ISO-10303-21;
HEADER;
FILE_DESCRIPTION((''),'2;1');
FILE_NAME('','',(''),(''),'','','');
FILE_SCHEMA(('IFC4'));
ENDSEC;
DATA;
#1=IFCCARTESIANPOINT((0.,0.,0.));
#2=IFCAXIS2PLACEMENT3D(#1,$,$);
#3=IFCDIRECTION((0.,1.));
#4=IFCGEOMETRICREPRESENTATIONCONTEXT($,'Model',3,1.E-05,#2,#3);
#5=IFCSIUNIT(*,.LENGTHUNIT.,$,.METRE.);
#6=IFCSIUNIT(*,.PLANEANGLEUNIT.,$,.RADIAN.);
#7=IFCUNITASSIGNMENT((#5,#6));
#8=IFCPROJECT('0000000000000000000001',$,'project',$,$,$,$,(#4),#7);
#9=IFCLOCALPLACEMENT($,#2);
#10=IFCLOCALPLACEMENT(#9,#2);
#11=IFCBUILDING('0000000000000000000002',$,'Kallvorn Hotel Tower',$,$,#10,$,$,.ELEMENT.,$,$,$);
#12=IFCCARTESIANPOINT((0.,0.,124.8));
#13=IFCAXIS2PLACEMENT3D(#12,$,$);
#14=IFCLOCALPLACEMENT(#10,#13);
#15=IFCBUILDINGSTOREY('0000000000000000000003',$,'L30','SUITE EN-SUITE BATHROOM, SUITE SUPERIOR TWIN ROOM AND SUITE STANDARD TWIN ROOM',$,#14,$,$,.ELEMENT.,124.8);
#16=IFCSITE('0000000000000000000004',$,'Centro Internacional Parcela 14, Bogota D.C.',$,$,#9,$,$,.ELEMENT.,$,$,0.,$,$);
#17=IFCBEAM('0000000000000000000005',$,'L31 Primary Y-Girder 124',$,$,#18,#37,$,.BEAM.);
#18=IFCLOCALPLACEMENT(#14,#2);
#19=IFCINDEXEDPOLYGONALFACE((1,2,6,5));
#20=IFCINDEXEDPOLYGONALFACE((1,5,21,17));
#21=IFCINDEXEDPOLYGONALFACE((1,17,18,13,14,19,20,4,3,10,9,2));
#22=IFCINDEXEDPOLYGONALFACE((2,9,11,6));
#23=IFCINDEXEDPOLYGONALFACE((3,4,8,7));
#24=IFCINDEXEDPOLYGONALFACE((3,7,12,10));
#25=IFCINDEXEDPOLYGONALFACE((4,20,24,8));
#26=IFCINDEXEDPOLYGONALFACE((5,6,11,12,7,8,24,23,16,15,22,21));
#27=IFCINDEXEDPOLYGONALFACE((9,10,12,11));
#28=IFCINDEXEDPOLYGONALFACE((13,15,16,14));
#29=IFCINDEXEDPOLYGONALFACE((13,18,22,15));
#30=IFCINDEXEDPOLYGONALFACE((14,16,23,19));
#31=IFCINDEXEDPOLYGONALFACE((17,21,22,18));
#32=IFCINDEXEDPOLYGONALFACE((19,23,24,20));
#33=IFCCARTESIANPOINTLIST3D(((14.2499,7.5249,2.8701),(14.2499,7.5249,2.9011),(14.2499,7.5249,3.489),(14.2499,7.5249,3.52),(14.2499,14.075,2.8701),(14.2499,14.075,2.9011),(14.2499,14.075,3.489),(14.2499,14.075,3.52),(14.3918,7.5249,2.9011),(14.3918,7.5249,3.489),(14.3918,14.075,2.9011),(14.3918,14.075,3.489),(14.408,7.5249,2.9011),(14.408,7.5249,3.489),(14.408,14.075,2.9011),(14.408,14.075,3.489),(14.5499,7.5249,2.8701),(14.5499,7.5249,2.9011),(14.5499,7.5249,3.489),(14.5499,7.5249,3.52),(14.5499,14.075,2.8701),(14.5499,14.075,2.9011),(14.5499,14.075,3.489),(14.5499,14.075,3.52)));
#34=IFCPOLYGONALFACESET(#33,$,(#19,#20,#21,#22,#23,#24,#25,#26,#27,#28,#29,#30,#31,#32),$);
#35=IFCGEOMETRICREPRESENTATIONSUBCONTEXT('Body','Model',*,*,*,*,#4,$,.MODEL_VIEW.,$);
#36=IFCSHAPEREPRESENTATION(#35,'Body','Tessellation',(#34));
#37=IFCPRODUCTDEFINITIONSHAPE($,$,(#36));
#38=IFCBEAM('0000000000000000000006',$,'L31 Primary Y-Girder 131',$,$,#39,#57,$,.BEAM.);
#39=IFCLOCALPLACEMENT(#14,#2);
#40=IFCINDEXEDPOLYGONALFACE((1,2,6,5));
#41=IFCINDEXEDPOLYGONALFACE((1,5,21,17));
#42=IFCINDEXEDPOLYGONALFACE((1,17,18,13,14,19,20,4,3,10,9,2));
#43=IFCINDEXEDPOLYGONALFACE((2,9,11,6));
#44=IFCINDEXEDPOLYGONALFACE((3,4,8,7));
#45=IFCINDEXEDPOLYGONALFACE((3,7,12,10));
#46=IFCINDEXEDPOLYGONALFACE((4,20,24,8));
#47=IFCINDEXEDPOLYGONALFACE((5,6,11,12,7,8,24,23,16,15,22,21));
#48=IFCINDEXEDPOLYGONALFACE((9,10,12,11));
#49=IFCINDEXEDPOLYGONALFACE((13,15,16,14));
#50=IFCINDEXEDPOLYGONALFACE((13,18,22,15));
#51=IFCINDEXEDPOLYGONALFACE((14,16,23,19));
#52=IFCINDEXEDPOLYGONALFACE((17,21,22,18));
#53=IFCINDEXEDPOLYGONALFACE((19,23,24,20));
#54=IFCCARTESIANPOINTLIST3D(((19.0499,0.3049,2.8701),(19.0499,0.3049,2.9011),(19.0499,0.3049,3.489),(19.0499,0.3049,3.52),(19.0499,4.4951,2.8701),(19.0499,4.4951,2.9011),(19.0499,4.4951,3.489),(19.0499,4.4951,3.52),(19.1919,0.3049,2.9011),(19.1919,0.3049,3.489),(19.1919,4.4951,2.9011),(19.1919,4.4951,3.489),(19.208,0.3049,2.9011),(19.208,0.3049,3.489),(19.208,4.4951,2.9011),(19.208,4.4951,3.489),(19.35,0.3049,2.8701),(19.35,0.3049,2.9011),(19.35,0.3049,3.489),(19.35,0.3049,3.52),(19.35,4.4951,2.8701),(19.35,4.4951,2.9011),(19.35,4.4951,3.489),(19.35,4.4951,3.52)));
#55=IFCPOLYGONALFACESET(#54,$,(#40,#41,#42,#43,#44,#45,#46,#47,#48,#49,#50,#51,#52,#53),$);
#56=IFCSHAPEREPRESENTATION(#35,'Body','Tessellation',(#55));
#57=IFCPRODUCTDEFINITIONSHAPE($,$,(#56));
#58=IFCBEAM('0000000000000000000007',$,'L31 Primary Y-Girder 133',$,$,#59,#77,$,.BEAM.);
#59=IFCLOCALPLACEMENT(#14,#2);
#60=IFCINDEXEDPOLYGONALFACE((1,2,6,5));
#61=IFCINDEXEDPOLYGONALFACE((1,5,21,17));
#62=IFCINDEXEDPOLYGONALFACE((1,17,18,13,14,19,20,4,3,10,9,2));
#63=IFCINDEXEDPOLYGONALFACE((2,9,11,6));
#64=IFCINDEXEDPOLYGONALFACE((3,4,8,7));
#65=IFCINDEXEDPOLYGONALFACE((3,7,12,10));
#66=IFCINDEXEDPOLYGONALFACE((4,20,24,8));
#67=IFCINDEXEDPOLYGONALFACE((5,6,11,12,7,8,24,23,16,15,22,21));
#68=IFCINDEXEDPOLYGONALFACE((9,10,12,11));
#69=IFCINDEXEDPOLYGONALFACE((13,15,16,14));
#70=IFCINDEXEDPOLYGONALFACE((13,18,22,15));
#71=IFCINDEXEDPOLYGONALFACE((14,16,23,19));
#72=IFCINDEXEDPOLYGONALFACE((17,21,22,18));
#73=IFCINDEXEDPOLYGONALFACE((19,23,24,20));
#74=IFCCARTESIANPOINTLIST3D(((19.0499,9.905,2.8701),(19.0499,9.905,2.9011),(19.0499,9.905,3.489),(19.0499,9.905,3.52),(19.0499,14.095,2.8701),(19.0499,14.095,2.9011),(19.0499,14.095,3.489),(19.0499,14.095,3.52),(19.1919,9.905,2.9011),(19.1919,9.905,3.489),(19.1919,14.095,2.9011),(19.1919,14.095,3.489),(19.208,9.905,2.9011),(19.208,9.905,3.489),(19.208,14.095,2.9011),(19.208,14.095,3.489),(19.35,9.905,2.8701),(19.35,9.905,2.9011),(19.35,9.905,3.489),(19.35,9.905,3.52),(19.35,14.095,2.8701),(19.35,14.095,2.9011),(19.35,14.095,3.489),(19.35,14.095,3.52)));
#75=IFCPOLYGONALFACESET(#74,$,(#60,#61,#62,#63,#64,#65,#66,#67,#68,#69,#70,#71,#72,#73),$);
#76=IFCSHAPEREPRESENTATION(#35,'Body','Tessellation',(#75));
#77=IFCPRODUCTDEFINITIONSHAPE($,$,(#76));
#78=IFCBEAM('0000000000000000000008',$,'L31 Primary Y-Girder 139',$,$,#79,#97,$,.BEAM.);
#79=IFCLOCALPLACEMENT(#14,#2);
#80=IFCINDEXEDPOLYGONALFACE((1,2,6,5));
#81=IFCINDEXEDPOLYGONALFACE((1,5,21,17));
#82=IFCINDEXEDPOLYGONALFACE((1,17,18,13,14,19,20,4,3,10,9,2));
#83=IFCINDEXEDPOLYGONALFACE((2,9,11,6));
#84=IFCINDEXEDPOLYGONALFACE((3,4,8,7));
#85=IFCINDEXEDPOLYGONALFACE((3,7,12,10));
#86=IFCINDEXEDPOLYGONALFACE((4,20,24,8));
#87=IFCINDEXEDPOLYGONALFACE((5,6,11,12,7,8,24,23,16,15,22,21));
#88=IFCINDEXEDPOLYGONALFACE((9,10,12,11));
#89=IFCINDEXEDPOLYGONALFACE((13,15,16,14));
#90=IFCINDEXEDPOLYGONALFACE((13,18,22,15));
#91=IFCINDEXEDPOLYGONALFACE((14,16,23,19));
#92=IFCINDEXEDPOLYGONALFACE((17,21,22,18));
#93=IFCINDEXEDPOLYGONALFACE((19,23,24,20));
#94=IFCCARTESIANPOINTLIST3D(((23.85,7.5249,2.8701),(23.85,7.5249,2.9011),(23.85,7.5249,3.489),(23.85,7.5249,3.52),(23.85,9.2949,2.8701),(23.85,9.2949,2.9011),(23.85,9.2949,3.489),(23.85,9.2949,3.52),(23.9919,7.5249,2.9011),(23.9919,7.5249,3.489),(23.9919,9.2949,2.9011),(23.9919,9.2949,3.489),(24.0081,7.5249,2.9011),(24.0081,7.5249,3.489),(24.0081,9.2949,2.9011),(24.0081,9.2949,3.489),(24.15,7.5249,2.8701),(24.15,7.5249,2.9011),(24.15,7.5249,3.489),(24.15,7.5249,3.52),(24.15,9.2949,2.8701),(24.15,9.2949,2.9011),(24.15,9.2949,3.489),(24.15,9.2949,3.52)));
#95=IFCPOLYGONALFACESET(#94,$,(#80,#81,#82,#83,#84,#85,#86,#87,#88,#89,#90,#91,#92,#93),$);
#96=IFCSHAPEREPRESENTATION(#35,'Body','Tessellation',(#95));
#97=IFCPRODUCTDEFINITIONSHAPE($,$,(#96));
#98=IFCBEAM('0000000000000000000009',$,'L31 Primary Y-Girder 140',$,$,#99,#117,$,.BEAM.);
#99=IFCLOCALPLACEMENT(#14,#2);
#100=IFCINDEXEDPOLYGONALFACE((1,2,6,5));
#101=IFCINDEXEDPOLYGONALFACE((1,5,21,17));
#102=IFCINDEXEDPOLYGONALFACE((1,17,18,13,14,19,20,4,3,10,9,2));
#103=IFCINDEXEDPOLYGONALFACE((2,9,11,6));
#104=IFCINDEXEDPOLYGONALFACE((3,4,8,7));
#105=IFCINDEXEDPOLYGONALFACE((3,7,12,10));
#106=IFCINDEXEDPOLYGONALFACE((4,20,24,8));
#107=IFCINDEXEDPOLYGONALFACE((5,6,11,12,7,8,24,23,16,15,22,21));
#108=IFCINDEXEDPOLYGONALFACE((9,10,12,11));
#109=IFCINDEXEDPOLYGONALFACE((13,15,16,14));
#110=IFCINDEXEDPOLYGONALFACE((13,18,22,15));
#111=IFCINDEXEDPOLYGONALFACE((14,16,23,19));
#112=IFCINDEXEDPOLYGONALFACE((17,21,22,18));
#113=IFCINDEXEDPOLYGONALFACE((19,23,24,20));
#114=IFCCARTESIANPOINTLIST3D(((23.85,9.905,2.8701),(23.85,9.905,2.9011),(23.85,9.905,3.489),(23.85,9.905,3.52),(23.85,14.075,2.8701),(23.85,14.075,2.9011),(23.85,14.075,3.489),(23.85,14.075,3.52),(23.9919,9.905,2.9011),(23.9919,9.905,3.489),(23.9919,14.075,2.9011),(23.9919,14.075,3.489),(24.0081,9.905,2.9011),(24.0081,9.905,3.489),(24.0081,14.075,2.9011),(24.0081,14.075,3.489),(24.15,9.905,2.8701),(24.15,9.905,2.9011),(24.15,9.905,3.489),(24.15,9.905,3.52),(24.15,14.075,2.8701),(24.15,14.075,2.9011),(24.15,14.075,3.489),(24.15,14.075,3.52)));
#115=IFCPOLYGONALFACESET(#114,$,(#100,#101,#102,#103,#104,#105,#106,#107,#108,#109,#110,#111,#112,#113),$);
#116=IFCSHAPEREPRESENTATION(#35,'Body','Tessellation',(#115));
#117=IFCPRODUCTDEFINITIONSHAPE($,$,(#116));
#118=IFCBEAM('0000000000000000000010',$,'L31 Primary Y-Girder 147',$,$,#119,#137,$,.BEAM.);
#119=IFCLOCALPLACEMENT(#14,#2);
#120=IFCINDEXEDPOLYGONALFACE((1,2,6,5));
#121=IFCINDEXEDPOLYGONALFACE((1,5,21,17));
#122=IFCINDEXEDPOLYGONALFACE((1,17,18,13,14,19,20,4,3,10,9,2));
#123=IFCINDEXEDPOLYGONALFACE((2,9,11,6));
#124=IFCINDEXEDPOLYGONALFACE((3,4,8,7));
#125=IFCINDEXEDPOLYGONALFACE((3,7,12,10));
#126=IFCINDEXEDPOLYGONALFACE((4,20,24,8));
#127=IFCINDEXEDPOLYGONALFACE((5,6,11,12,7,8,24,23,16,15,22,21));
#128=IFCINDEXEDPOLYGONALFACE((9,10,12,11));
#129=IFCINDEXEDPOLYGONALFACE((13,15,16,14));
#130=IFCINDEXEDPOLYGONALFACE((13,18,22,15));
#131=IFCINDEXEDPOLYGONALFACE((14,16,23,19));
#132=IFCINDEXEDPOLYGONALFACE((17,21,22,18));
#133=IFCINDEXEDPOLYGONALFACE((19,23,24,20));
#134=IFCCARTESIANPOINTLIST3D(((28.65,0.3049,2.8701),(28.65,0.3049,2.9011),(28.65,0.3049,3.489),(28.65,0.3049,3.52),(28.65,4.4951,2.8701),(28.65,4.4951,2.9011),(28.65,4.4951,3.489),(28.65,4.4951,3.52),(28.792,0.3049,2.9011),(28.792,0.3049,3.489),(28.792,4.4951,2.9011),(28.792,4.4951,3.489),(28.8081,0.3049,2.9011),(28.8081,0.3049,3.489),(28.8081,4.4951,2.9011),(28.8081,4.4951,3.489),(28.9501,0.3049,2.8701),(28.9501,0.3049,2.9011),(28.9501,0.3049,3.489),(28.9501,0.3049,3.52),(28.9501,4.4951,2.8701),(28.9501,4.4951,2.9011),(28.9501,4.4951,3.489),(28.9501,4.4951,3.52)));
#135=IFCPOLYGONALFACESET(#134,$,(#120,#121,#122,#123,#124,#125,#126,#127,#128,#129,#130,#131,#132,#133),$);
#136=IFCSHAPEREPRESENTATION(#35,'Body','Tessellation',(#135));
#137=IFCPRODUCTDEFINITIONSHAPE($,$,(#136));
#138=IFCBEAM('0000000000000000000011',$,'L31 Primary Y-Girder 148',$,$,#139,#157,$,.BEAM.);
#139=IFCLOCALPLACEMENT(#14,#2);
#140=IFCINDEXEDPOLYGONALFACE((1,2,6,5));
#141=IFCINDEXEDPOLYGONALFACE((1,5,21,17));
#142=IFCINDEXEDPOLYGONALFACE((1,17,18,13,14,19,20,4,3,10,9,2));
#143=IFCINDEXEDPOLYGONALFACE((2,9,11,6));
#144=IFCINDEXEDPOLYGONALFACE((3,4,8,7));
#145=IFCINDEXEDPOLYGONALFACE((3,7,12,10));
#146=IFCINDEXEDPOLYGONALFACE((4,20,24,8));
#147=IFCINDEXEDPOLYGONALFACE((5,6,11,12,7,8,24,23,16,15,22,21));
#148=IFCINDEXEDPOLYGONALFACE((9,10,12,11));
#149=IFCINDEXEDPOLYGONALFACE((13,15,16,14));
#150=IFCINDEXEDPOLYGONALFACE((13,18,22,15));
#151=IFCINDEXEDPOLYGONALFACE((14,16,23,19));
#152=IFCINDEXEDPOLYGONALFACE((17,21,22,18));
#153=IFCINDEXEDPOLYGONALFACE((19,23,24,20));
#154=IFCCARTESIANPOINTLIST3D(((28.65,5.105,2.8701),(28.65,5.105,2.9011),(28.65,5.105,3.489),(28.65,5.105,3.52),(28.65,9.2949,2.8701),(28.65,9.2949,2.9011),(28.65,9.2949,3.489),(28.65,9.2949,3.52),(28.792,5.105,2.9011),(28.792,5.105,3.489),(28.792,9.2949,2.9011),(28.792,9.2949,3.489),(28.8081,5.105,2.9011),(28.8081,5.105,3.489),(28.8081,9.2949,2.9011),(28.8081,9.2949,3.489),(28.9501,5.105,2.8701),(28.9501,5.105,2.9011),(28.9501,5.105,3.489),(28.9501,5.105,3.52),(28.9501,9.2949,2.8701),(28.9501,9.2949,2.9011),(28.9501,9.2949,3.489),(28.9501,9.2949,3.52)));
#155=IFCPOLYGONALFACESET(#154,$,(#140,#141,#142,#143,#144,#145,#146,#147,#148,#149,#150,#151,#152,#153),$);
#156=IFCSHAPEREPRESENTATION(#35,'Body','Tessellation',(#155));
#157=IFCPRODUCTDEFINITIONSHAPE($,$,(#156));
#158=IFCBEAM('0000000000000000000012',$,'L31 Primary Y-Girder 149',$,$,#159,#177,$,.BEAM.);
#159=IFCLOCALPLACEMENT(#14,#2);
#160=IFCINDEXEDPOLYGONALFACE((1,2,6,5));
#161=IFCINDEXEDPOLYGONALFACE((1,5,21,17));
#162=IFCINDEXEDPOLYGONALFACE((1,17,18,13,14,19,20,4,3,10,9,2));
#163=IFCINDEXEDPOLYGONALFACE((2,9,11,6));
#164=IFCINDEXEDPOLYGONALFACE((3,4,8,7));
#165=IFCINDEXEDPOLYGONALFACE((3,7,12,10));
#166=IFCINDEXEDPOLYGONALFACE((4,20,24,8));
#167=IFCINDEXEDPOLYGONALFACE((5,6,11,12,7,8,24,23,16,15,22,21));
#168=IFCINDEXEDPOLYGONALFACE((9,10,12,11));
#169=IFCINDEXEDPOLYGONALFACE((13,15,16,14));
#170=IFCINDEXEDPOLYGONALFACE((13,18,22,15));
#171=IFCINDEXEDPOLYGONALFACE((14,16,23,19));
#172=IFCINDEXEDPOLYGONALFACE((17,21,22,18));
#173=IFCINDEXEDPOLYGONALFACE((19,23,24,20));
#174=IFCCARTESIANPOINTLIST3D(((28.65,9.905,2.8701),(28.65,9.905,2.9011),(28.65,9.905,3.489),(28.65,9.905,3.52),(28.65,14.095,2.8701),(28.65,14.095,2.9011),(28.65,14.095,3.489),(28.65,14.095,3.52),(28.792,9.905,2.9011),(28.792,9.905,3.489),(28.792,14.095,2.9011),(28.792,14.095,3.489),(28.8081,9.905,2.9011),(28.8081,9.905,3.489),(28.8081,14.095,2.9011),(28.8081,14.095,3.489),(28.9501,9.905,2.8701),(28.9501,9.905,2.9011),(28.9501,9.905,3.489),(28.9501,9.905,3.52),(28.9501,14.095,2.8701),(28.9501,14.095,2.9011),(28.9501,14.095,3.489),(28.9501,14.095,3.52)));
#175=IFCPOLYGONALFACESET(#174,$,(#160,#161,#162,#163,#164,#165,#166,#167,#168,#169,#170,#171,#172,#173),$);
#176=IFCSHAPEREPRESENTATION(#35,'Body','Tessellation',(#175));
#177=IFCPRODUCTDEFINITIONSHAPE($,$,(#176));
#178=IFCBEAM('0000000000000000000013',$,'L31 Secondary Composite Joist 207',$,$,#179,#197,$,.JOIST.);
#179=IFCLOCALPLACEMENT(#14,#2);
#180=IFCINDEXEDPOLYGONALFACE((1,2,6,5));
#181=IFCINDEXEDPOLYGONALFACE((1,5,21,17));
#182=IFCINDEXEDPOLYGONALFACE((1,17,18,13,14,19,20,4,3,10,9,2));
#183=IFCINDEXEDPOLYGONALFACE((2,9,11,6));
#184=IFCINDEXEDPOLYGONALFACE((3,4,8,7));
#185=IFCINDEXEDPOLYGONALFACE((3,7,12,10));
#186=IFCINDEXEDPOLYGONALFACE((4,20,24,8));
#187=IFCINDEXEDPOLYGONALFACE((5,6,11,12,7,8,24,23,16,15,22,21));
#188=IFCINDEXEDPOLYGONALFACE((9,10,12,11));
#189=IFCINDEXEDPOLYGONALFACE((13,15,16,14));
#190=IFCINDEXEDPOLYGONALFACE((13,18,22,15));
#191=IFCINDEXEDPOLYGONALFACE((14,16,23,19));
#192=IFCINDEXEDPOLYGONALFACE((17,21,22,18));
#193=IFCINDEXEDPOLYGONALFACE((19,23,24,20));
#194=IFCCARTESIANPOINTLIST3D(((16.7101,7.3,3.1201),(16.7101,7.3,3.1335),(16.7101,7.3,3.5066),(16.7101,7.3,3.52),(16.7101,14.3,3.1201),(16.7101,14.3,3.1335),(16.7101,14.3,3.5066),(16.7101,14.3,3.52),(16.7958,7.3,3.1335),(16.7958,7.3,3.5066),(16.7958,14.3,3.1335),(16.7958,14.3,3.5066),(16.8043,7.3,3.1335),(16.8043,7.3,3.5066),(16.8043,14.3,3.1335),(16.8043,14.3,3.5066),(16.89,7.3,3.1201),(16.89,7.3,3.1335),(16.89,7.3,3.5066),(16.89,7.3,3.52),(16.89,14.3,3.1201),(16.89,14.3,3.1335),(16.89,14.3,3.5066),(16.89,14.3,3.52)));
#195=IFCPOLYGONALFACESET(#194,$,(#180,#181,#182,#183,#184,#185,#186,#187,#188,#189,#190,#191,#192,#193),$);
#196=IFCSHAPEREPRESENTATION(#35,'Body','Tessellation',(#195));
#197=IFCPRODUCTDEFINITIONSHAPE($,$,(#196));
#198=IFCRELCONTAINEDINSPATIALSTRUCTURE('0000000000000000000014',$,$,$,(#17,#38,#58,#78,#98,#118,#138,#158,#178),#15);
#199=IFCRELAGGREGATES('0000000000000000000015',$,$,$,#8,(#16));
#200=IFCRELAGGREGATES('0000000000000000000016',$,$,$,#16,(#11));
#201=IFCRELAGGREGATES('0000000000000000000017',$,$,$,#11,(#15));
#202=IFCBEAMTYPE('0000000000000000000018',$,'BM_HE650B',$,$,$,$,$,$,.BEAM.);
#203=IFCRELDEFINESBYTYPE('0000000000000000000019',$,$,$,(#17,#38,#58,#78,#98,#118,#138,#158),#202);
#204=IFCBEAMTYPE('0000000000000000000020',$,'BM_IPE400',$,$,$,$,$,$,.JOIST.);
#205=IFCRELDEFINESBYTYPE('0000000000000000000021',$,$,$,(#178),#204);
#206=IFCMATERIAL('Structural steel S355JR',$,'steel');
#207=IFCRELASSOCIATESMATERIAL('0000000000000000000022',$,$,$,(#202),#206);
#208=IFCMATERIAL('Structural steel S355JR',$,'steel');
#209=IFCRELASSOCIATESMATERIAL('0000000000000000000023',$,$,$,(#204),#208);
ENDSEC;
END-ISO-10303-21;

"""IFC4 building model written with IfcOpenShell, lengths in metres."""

from ifc_helpers import new_model, si_unit, direction, frame, origin, origin_2d, place, context, subcontext, project, spatial, i_section, extrude, material, material_profile, profile_set, type_object, element, save


model = new_model("IFC4")

# Units and contexts
model_context = context("Model", 3, precision=1e-05, world=origin(), true_north=direction((0.0, 1.0)))
body_context = subcontext(model_context, "Body", "Model", "MODEL_VIEW")
ifc_project = project(units=[si_unit("LENGTHUNIT", "METRE"), si_unit("PLANEANGLEUNIT", "RADIAN")], contexts=[model_context])

# Site, building, storey
site_placement = place(None, origin())
site = spatial("IfcSite", under=ifc_project, at=site_placement, Name="Centro Internacional Parcela 14, Bogota D.C.", CompositionType="ELEMENT", RefElevation=0.0)
building_placement = place(site_placement, origin())
building = spatial("IfcBuilding", under=site, at=building_placement, Name="Kallvorn Hotel Tower", CompositionType="ELEMENT")
storey_placement = place(building_placement, frame((0.0, 0.0, 124.8)))
storey = spatial("IfcBuildingStorey", under=building, at=storey_placement, Name="L30", Description="SUITE EN-SUITE BATHROOM, SUITE SUPERIOR TWIN ROOM AND SUITE STANDARD TWIN ROOM", CompositionType="ELEMENT", Elevation=124.8)

# Beams
ifc_material_1 = material(Name="Structural steel S355JR", Category="steel")
ifc_material_profile_1 = material_profile(ifc_material_1, i_section(OverallWidth=0.3, OverallDepth=0.6499, WebThickness=0.0161, FlangeThickness=0.031, at=origin_2d()), Name="HE 650 B")
ifc_profile_set_1 = profile_set([ifc_material_profile_1], Name="Structural steel S355JR")
beam_type_1 = type_object("IfcBeamType", Name="BM_HE650B", PredefinedType="BEAM", material=ifc_profile_set_1)
beam_1_placement = place(storey_placement, frame((14.3999, 7.5249, 3.1951), z_axis=(0.0, 1.0, 0.0), x_axis=(-1.0, 0.0, 0.0)))
element("IfcBeam", 1, at=beam_1_placement, inside=storey, type_object=beam_type_1, Name="L31 Primary Y-Girder 124", PredefinedType="BEAM", context=body_context, shape_type="SweptSolid", body=[
    extrude(i_section(OverallWidth=0.3, OverallDepth=0.6499, WebThickness=0.0161, FlangeThickness=0.031, at=origin_2d()), origin(), (0.0, 0.0, 1.0), 6.55),
])
beam_2_placement = place(storey_placement, frame((19.2, 0.3049, 3.1951), z_axis=(0.0, 1.0, 0.0), x_axis=(-1.0, 0.0, 0.0)))
element("IfcBeam", 2, at=beam_2_placement, inside=storey, type_object=beam_type_1, Name="L31 Primary Y-Girder 131", PredefinedType="BEAM", context=body_context, shape_type="SweptSolid", body=[
    extrude(i_section(OverallWidth=0.3, OverallDepth=0.6499, WebThickness=0.0161, FlangeThickness=0.031, at=origin_2d()), origin(), (0.0, 0.0, 1.0), 4.1902),
])
beam_3_placement = place(storey_placement, frame((19.2, 9.905, 3.1951), z_axis=(0.0, 1.0, 0.0), x_axis=(-1.0, 0.0, 0.0)))
element("IfcBeam", 3, at=beam_3_placement, inside=storey, type_object=beam_type_1, Name="L31 Primary Y-Girder 133", PredefinedType="BEAM", context=body_context, shape_type="SweptSolid", body=[
    extrude(i_section(OverallWidth=0.3, OverallDepth=0.6499, WebThickness=0.0161, FlangeThickness=0.031, at=origin_2d()), origin(), (0.0, 0.0, 1.0), 4.1899),
])
beam_4_placement = place(storey_placement, frame((24.0, 7.5249, 3.1951), z_axis=(0.0, 1.0, 0.0), x_axis=(-1.0, 0.0, 0.0)))
element("IfcBeam", 4, at=beam_4_placement, inside=storey, type_object=beam_type_1, Name="L31 Primary Y-Girder 139", PredefinedType="BEAM", context=body_context, shape_type="SweptSolid", body=[
    extrude(i_section(OverallWidth=0.3, OverallDepth=0.6499, WebThickness=0.0161, FlangeThickness=0.031, at=origin_2d()), origin(), (0.0, 0.0, 1.0), 1.77),
])
beam_5_placement = place(storey_placement, frame((24.0, 9.905, 3.1951), z_axis=(0.0, 1.0, 0.0), x_axis=(-1.0, 0.0, 0.0)))
element("IfcBeam", 5, at=beam_5_placement, inside=storey, type_object=beam_type_1, Name="L31 Primary Y-Girder 140", PredefinedType="BEAM", context=body_context, shape_type="SweptSolid", body=[
    extrude(i_section(OverallWidth=0.3, OverallDepth=0.6499, WebThickness=0.0161, FlangeThickness=0.031, at=origin_2d()), origin(), (0.0, 0.0, 1.0), 4.1699),
])
beam_6_placement = place(storey_placement, frame((28.8, 0.3049, 3.1951), z_axis=(0.0, 1.0, 0.0), x_axis=(-1.0, 0.0, 0.0)))
element("IfcBeam", 6, at=beam_6_placement, inside=storey, type_object=beam_type_1, Name="L31 Primary Y-Girder 147", PredefinedType="BEAM", context=body_context, shape_type="SweptSolid", body=[
    extrude(i_section(OverallWidth=0.3, OverallDepth=0.6499, WebThickness=0.0161, FlangeThickness=0.031, at=origin_2d()), origin(), (0.0, 0.0, 1.0), 4.1902),
])
for number, where, z_axis, x_axis, name in (
    (7, (28.8, 5.105, 3.1951), (0.0, 1.0, 0.0), (-1.0, 0.0, 0.0), "L31 Primary Y-Girder 148"),
    (8, (28.8, 9.905, 3.1951), (0.0, 1.0, 0.0), (-1.0, 0.0, 0.0), "L31 Primary Y-Girder 149"),
):
    element("IfcBeam", number, at=place(storey_placement, frame(where, z_axis=z_axis, x_axis=x_axis)), inside=storey, type_object=beam_type_1, Name=name, PredefinedType="BEAM", context=body_context, shape_type="SweptSolid", body=[
        extrude(i_section(OverallWidth=0.3, OverallDepth=0.6499, WebThickness=0.0161, FlangeThickness=0.031, at=origin_2d()), origin(), (0.0, 0.0, 1.0), 4.1899),
    ])
ifc_material_2 = material(Name="Structural steel S355JR", Category="steel")
ifc_material_profile_2 = material_profile(ifc_material_2, i_section(OverallWidth=0.1799, OverallDepth=0.3999, WebThickness=0.0085, FlangeThickness=0.0134, at=origin_2d()), Name="IPE 400")
ifc_profile_set_2 = profile_set([ifc_material_profile_2], Name="Structural steel S355JR")
beam_type_2 = type_object("IfcBeamType", Name="BM_IPE400", PredefinedType="JOIST", material=ifc_profile_set_2)
for number, where, z_axis, x_axis, name in (
    (9, (16.8, 7.3, 3.3201), (0.0, 1.0, 0.0), (-1.0, 0.0, 0.0), "L31 Secondary Composite Joist 207"),
):
    element("IfcBeam", number, at=place(storey_placement, frame(where, z_axis=z_axis, x_axis=x_axis)), inside=storey, type_object=beam_type_2, Name=name, PredefinedType="JOIST", context=body_context, shape_type="SweptSolid", body=[
        extrude(i_section(OverallWidth=0.1799, OverallDepth=0.3999, WebThickness=0.0085, FlangeThickness=0.0134, at=origin_2d()), origin(), (0.0, 0.0, 1.0), 7.0),
    ])

save(model, "model.ifc")
